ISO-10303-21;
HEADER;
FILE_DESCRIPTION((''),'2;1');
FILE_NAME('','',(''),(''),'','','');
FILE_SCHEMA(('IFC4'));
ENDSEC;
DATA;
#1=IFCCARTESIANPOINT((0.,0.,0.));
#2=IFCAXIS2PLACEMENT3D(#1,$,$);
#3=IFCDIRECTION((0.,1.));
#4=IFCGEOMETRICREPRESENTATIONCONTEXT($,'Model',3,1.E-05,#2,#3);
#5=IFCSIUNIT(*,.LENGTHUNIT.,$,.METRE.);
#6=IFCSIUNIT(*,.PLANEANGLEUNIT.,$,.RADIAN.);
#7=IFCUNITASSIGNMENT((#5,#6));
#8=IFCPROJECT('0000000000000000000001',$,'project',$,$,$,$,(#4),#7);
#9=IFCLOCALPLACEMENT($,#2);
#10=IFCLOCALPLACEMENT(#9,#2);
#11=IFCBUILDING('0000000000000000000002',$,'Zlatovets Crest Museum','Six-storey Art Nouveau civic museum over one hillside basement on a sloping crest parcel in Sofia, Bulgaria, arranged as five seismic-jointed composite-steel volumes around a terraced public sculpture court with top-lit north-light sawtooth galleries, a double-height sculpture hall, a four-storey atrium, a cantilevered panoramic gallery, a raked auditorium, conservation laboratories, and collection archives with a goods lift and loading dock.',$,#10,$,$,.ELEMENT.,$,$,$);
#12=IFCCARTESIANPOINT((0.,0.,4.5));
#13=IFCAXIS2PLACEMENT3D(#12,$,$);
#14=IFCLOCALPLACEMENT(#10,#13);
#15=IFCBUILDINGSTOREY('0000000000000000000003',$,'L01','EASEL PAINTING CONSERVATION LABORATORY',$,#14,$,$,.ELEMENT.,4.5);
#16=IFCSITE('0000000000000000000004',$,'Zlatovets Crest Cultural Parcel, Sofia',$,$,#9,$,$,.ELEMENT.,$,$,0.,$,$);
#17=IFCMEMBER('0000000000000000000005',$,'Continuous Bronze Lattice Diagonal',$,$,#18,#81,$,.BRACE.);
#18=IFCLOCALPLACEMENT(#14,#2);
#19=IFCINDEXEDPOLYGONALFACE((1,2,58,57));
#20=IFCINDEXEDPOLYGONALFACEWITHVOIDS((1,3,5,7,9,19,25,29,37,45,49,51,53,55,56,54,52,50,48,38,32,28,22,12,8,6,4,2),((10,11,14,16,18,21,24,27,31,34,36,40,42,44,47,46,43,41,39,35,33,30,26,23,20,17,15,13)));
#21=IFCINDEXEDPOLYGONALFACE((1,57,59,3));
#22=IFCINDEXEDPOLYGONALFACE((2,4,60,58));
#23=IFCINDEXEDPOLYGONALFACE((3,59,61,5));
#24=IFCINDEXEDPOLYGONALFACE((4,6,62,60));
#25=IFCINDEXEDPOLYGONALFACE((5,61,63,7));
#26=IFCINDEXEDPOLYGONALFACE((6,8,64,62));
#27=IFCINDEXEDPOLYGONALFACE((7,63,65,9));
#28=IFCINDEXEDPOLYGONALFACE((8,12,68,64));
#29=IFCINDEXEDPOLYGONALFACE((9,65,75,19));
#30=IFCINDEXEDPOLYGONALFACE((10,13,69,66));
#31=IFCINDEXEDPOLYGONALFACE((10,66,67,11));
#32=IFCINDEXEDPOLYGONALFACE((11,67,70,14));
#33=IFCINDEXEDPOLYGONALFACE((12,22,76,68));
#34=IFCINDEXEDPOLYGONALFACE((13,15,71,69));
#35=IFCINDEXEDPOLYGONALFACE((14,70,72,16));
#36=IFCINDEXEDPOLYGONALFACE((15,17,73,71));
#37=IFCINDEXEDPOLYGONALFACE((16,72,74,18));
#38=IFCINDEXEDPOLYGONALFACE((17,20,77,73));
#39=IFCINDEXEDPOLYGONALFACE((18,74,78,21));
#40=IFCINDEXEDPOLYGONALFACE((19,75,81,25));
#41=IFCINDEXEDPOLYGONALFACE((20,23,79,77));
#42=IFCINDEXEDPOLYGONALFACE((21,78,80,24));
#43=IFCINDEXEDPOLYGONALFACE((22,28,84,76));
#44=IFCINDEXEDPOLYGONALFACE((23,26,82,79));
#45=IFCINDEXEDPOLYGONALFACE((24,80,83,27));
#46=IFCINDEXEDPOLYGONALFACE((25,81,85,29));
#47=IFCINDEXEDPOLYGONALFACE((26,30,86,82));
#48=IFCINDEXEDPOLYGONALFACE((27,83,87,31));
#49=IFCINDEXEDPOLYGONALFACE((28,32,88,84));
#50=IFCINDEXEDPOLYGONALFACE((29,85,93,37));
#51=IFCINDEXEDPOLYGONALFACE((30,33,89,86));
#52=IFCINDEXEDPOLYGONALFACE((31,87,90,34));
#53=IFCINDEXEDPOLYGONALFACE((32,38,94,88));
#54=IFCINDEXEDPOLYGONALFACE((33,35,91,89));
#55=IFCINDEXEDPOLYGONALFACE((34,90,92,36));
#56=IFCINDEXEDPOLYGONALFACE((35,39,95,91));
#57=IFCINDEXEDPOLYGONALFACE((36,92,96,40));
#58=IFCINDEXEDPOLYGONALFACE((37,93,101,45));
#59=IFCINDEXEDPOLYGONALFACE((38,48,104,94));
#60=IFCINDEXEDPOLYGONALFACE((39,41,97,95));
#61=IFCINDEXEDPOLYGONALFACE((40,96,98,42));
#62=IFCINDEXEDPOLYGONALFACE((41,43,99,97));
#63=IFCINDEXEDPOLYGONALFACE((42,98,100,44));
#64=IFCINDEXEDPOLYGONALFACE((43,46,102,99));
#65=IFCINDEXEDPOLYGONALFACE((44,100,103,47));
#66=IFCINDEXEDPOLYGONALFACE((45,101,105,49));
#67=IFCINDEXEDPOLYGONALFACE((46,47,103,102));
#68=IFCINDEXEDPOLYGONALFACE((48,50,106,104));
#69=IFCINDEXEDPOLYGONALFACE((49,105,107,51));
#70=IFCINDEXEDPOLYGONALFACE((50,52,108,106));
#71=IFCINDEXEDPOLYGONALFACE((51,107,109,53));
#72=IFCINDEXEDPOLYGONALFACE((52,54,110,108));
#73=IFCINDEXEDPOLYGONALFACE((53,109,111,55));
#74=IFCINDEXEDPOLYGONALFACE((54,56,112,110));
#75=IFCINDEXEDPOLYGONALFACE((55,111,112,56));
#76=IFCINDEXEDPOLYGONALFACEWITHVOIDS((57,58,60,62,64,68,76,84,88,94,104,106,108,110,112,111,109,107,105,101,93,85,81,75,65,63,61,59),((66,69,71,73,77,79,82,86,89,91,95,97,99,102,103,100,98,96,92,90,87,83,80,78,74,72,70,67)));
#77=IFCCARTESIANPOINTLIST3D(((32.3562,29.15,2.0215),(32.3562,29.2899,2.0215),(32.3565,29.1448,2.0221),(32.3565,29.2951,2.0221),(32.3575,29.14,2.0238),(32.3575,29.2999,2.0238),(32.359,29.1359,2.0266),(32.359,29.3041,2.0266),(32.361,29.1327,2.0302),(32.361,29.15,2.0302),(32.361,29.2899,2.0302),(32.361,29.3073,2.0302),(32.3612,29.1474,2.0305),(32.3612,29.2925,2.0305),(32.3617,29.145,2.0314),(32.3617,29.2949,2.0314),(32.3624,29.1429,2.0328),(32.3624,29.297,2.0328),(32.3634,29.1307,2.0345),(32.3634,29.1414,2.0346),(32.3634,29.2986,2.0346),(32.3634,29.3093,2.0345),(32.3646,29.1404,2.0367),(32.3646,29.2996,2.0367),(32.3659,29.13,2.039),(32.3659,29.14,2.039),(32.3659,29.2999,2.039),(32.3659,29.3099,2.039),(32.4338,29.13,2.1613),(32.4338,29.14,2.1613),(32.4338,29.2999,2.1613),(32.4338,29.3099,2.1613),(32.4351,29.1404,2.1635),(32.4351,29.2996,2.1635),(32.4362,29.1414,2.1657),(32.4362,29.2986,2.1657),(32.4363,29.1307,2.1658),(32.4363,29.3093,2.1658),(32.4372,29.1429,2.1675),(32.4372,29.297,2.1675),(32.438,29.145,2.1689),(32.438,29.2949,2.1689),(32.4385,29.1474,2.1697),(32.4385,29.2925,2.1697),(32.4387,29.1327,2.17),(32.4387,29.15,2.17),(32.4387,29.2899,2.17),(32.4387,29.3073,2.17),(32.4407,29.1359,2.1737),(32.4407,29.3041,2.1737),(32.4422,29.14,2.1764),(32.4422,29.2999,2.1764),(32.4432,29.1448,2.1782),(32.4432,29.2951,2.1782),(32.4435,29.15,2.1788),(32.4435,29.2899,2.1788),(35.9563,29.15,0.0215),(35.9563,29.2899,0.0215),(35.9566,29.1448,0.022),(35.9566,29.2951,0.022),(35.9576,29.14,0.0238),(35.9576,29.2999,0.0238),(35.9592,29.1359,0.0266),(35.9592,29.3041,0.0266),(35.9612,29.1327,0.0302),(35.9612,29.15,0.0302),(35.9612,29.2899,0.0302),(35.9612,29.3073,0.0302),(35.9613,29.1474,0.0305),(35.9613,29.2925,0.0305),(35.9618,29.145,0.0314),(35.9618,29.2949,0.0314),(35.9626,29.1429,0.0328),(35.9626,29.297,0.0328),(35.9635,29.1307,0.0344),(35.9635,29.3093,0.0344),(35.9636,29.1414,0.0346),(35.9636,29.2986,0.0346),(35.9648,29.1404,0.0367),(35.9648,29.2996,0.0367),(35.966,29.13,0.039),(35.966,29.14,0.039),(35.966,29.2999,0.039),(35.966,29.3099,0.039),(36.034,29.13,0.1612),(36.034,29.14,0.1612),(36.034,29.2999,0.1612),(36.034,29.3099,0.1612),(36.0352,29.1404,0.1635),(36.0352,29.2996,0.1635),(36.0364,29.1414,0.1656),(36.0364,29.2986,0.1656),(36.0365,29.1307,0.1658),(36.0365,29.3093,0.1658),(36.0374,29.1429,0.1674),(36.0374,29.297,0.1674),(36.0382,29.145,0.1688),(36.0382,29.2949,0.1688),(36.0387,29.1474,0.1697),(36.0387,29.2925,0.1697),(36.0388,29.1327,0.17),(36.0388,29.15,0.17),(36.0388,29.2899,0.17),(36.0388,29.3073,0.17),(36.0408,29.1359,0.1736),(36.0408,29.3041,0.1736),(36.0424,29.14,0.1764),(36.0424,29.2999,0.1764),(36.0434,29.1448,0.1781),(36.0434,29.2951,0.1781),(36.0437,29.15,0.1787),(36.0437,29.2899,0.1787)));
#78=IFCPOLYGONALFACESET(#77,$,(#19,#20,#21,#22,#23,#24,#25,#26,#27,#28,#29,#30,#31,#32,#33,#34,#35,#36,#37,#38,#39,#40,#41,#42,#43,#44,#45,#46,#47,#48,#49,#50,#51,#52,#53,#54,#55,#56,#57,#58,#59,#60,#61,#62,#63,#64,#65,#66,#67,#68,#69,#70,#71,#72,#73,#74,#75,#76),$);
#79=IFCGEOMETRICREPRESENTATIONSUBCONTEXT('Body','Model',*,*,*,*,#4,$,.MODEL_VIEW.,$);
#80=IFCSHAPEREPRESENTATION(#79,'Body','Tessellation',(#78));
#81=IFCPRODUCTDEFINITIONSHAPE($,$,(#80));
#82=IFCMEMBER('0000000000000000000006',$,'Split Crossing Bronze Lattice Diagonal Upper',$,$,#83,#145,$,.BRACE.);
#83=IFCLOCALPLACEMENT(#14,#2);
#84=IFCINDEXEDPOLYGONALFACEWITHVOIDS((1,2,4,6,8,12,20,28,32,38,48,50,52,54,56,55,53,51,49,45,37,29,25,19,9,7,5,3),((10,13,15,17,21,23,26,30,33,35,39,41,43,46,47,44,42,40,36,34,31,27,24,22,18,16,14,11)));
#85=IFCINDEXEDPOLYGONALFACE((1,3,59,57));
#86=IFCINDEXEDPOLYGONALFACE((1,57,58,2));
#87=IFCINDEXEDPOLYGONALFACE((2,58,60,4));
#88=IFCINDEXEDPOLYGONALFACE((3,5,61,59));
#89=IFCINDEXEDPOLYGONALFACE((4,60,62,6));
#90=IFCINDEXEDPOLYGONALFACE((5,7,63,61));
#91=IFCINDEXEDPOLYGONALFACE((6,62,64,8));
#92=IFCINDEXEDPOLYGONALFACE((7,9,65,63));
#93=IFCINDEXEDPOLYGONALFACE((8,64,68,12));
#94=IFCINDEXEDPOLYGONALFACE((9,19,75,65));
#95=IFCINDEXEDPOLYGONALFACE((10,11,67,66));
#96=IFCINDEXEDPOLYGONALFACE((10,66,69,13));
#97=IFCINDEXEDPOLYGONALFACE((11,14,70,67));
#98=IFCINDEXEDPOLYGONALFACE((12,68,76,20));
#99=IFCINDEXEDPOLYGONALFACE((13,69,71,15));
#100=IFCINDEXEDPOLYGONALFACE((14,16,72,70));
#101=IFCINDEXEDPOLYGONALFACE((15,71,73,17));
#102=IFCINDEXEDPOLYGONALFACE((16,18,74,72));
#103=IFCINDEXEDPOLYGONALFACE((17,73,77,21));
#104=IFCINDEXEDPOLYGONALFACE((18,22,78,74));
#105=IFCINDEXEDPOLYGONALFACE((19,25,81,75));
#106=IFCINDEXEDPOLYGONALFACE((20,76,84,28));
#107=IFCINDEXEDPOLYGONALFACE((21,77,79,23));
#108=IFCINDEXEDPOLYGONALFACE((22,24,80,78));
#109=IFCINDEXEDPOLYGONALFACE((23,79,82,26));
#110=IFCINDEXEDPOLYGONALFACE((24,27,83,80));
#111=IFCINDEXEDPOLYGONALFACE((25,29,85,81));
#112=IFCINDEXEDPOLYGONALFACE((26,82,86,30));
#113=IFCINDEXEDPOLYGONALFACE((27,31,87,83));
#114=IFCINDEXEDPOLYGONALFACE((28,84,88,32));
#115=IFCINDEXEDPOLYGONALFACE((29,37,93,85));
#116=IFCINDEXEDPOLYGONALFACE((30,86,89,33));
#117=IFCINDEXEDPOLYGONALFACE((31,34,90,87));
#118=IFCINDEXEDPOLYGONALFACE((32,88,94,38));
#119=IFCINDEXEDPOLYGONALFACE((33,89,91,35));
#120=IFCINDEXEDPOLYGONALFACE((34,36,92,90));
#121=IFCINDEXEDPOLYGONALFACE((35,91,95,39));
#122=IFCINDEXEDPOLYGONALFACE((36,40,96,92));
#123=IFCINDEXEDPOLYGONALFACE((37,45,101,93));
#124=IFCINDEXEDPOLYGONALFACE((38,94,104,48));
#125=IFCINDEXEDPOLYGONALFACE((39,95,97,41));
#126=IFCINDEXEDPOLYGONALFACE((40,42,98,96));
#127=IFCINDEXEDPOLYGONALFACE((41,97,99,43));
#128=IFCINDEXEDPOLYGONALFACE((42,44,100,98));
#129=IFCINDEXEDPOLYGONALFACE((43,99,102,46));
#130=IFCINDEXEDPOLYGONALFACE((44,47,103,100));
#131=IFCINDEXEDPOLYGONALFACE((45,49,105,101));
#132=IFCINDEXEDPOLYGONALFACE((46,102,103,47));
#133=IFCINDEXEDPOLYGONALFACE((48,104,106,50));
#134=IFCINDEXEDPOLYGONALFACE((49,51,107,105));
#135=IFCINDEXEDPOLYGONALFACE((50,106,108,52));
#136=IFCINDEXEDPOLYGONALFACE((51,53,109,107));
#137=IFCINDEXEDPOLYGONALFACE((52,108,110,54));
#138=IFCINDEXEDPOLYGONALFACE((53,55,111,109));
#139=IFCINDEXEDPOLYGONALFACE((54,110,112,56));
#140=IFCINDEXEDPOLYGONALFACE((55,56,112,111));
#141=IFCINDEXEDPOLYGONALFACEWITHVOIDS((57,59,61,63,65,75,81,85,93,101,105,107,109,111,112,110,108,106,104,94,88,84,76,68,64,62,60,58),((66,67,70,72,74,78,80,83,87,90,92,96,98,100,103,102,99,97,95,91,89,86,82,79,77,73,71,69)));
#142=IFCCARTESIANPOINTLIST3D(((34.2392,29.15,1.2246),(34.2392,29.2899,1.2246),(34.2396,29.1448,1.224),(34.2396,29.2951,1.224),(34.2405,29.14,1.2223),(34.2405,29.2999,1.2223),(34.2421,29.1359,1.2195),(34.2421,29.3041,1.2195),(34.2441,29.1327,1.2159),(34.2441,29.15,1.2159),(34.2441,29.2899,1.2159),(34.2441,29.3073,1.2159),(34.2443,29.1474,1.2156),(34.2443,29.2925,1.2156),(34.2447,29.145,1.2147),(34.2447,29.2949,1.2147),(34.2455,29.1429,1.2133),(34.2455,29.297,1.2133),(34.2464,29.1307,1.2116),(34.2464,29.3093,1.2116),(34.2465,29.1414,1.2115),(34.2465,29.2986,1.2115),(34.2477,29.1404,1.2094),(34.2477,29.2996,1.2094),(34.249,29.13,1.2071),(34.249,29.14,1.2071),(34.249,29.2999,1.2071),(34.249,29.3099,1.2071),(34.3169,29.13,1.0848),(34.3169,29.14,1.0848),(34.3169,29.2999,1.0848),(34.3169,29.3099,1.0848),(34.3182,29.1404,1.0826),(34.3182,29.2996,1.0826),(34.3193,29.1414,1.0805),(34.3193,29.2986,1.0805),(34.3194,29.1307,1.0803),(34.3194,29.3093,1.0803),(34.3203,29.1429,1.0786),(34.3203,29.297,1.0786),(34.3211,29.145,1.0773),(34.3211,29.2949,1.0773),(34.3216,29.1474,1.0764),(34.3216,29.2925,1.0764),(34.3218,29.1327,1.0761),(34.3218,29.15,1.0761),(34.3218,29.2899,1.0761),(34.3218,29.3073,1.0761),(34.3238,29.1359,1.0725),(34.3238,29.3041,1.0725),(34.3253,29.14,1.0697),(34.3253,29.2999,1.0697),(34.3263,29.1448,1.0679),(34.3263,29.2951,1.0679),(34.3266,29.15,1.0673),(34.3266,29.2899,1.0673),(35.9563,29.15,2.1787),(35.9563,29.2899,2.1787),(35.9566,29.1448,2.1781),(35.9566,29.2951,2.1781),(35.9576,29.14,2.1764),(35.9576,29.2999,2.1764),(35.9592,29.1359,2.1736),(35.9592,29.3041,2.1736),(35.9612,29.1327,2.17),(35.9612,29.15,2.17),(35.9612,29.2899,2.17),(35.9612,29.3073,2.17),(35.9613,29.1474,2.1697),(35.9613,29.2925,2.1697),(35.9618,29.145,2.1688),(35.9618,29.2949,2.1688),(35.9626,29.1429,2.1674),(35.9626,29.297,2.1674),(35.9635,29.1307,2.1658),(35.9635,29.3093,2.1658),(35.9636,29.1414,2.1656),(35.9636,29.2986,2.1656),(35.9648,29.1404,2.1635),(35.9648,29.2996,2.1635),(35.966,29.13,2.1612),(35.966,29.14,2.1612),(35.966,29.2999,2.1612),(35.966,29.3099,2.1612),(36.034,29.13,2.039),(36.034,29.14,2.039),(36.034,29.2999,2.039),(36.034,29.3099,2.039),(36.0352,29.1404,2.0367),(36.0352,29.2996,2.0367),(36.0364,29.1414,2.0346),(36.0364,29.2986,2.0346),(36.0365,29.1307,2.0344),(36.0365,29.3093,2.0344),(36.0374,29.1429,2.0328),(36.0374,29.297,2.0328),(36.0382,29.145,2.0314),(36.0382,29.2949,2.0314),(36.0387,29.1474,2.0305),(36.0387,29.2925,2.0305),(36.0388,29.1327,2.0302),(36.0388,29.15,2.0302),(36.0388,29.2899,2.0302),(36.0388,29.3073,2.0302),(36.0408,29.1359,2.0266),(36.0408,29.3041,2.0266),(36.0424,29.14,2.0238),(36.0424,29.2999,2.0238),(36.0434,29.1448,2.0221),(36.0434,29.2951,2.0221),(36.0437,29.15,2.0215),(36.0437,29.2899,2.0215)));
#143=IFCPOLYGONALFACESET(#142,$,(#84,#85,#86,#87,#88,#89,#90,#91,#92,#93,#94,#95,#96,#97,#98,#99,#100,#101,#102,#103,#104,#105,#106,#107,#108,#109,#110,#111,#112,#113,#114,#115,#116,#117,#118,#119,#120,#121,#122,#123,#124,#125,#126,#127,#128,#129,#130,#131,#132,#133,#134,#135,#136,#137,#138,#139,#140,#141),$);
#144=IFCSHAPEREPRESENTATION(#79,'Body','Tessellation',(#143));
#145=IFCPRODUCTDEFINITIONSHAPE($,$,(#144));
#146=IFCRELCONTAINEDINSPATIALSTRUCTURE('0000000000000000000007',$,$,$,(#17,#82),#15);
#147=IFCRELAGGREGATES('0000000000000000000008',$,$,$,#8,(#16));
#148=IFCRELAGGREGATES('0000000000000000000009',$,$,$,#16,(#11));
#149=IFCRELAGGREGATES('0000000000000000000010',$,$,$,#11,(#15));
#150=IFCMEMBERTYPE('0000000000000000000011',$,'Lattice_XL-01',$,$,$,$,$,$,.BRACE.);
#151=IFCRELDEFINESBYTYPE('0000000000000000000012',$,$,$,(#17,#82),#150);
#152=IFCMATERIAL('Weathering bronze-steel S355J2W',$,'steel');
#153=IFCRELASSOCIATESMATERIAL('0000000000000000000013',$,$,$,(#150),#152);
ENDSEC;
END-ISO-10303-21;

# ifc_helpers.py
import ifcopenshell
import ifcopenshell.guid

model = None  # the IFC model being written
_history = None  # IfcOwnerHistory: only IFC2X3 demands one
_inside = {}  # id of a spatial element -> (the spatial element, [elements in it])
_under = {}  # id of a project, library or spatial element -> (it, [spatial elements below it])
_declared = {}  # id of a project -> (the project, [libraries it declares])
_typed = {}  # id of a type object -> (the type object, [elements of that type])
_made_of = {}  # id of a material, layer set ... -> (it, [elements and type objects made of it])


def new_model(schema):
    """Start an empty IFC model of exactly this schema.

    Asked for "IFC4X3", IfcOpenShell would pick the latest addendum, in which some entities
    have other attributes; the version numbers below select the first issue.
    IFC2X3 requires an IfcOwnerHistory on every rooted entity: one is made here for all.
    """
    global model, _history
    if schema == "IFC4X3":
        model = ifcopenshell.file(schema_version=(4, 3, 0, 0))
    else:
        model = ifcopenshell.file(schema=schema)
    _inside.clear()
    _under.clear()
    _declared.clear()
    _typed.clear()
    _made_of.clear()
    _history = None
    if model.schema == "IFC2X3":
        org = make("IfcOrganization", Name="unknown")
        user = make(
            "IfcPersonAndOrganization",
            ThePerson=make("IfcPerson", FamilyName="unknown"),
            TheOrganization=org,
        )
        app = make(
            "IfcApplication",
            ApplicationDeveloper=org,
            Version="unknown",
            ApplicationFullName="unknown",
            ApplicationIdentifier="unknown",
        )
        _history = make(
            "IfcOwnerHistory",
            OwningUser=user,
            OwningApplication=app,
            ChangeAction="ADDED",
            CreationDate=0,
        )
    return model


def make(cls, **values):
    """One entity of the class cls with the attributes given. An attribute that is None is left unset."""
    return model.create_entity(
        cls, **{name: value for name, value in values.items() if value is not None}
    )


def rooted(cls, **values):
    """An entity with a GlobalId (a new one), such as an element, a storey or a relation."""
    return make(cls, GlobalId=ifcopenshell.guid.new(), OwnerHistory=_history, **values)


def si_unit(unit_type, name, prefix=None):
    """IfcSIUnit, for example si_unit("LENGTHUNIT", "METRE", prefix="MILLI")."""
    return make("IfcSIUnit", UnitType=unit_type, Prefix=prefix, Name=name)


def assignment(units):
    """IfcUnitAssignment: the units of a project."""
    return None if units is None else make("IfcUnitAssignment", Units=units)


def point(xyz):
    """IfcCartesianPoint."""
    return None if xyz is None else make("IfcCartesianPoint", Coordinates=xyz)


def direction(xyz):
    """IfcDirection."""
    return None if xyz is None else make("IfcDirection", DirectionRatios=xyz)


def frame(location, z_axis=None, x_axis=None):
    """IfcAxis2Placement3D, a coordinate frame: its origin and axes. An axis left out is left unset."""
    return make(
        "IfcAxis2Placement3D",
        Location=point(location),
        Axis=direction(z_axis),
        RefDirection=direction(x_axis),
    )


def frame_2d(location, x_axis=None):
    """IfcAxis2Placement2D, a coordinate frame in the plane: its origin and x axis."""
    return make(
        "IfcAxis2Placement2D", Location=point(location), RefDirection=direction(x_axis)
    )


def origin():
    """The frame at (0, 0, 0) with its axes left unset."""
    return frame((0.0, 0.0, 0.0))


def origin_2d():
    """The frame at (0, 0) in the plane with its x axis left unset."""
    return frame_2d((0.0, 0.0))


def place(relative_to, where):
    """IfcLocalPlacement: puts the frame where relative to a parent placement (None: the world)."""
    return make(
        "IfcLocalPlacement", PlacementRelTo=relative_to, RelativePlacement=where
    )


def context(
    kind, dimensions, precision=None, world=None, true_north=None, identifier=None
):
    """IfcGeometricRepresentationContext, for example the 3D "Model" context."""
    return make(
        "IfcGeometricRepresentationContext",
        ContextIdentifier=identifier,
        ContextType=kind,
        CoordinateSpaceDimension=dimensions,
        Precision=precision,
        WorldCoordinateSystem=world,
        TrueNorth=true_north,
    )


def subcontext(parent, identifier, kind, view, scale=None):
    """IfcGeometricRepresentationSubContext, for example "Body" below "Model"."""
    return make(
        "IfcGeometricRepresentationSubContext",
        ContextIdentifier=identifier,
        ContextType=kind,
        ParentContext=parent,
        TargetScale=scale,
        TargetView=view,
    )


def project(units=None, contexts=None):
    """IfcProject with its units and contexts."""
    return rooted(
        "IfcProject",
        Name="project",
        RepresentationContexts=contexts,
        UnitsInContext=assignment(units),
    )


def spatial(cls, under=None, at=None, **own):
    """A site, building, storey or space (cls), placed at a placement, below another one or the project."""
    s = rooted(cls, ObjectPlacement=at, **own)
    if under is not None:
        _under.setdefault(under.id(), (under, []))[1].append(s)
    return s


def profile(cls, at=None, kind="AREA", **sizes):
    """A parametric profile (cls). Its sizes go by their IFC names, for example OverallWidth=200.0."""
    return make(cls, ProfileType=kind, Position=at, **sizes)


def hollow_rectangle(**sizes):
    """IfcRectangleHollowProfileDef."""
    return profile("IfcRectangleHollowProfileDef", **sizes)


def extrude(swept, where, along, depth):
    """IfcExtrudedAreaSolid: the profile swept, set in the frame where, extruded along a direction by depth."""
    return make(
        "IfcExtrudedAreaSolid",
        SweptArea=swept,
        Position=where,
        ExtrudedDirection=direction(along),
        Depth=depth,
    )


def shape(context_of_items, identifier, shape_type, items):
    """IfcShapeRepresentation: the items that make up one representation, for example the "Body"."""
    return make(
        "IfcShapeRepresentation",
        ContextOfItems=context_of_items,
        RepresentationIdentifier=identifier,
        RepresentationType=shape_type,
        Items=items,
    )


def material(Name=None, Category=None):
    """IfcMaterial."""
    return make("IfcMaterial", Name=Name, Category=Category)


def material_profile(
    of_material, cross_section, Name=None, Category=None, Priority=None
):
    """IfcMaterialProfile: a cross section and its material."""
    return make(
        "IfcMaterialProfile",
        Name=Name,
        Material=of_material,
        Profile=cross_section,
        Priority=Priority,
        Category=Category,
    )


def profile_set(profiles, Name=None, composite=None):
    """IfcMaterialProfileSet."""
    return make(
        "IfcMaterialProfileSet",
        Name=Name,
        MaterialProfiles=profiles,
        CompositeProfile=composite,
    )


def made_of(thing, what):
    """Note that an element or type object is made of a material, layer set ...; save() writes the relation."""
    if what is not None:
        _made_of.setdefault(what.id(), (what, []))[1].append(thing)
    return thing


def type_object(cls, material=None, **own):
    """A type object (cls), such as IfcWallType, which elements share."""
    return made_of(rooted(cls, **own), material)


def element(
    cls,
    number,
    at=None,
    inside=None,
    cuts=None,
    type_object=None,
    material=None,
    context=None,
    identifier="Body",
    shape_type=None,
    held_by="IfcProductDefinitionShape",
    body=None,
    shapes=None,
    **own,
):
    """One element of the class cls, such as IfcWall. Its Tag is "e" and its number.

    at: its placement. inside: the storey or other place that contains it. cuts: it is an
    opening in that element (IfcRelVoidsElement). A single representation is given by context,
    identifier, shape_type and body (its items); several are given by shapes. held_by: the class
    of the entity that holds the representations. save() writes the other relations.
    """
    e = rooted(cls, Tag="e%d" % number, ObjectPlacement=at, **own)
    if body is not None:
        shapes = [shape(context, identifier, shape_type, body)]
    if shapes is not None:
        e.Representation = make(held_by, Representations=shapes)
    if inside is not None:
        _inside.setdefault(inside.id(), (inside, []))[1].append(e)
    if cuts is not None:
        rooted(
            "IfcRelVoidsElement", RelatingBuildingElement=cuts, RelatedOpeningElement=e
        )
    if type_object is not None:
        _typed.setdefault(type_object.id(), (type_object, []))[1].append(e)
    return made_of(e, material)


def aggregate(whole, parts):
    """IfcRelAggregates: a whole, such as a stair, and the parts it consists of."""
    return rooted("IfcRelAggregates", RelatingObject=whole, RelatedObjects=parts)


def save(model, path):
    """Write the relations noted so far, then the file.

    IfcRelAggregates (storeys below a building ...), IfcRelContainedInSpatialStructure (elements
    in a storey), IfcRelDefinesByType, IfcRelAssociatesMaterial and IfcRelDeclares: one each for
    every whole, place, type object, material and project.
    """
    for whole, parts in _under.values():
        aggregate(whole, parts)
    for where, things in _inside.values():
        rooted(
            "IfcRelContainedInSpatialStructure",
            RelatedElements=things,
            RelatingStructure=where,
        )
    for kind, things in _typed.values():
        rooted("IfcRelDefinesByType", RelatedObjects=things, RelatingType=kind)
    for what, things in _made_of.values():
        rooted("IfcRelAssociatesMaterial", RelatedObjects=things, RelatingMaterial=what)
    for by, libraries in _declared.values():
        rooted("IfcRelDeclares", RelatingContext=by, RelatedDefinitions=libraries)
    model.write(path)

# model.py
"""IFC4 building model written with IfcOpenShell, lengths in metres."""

from ifc_helpers import new_model, si_unit, direction, frame, origin, origin_2d, place, context, subcontext, project, spatial, hollow_rectangle, extrude, material, material_profile, profile_set, type_object, element, save


model = new_model("IFC4")

# Units and contexts
model_context = context("Model", 3, precision=1e-05, world=origin(), true_north=direction((0.0, 1.0)))
body_context = subcontext(model_context, "Body", "Model", "MODEL_VIEW")
ifc_project = project(units=[si_unit("LENGTHUNIT", "METRE"), si_unit("PLANEANGLEUNIT", "RADIAN")], contexts=[model_context])

# Site, building, storey
site_placement = place(None, origin())
site = spatial("IfcSite", under=ifc_project, at=site_placement, Name="Zlatovets Crest Cultural Parcel, Sofia", CompositionType="ELEMENT", RefElevation=0.0)
building_placement = place(site_placement, origin())
building = spatial("IfcBuilding", under=site, at=building_placement, Name="Zlatovets Crest Museum", Description="Six-storey Art Nouveau civic museum over one hillside basement on a sloping crest parcel in Sofia, Bulgaria, arranged as five seismic-jointed composite-steel volumes around a terraced public sculpture court with top-lit north-light sawtooth galleries, a double-height sculpture hall, a four-storey atrium, a cantilevered panoramic gallery, a raked auditorium, conservation laboratories, and collection archives with a goods lift and loading dock.", CompositionType="ELEMENT")
storey_placement = place(building_placement, frame((0.0, 0.0, 4.5)))
storey = spatial("IfcBuildingStorey", under=building, at=storey_placement, Name="L01", Description="EASEL PAINTING CONSERVATION LABORATORY", CompositionType="ELEMENT", Elevation=4.5)

# Members
ifc_material_1 = material(Name="Weathering bronze-steel S355J2W", Category="steel")
ifc_material_profile_1 = material_profile(ifc_material_1, hollow_rectangle(XDim=0.1799, YDim=0.1799, WallThickness=0.01, InnerFilletRadius=0.01, OuterFilletRadius=0.02, at=origin_2d()), Name="SHS 180x180x10.0")
ifc_profile_set_1 = profile_set([ifc_material_profile_1], Name="Weathering bronze-steel S355J2W")
member_type_1 = type_object("IfcMemberType", Name="Lattice_XL-01", PredefinedType="BRACE", material=ifc_profile_set_1)
member_1_placement = place(storey_placement, frame((36.0, 29.22, 0.1001), z_axis=(-0.874163, 0.0, 0.485633), x_axis=(0.0, -1.0, 0.0)))
element("IfcMember", 1, at=member_1_placement, inside=storey, type_object=member_type_1, Name="Continuous Bronze Lattice Diagonal", PredefinedType="BRACE", context=body_context, shape_type="SweptSolid", body=[
    extrude(hollow_rectangle(XDim=0.1799, YDim=0.1799, WallThickness=0.01, InnerFilletRadius=0.01, OuterFilletRadius=0.02, at=origin_2d()), origin(), (0.0, 0.0, 1.0), 4.1184),
])
member_2_placement = place(storey_placement, frame((36.0, 29.22, 2.1001), z_axis=(-0.874116, 0.0, -0.485717), x_axis=(0.0, -1.0, 0.0)))
element("IfcMember", 2, at=member_2_placement, inside=storey, type_object=member_type_1, Name="Split Crossing Bronze Lattice Diagonal Upper", PredefinedType="BRACE", context=body_context, shape_type="SweptSolid", body=[
    extrude(hollow_rectangle(XDim=0.1799, YDim=0.1799, WallThickness=0.01, InnerFilletRadius=0.01, OuterFilletRadius=0.02, at=origin_2d()), origin(), (0.0, 0.0, 1.0), 1.9644),
])

save(model, "model.ifc")
